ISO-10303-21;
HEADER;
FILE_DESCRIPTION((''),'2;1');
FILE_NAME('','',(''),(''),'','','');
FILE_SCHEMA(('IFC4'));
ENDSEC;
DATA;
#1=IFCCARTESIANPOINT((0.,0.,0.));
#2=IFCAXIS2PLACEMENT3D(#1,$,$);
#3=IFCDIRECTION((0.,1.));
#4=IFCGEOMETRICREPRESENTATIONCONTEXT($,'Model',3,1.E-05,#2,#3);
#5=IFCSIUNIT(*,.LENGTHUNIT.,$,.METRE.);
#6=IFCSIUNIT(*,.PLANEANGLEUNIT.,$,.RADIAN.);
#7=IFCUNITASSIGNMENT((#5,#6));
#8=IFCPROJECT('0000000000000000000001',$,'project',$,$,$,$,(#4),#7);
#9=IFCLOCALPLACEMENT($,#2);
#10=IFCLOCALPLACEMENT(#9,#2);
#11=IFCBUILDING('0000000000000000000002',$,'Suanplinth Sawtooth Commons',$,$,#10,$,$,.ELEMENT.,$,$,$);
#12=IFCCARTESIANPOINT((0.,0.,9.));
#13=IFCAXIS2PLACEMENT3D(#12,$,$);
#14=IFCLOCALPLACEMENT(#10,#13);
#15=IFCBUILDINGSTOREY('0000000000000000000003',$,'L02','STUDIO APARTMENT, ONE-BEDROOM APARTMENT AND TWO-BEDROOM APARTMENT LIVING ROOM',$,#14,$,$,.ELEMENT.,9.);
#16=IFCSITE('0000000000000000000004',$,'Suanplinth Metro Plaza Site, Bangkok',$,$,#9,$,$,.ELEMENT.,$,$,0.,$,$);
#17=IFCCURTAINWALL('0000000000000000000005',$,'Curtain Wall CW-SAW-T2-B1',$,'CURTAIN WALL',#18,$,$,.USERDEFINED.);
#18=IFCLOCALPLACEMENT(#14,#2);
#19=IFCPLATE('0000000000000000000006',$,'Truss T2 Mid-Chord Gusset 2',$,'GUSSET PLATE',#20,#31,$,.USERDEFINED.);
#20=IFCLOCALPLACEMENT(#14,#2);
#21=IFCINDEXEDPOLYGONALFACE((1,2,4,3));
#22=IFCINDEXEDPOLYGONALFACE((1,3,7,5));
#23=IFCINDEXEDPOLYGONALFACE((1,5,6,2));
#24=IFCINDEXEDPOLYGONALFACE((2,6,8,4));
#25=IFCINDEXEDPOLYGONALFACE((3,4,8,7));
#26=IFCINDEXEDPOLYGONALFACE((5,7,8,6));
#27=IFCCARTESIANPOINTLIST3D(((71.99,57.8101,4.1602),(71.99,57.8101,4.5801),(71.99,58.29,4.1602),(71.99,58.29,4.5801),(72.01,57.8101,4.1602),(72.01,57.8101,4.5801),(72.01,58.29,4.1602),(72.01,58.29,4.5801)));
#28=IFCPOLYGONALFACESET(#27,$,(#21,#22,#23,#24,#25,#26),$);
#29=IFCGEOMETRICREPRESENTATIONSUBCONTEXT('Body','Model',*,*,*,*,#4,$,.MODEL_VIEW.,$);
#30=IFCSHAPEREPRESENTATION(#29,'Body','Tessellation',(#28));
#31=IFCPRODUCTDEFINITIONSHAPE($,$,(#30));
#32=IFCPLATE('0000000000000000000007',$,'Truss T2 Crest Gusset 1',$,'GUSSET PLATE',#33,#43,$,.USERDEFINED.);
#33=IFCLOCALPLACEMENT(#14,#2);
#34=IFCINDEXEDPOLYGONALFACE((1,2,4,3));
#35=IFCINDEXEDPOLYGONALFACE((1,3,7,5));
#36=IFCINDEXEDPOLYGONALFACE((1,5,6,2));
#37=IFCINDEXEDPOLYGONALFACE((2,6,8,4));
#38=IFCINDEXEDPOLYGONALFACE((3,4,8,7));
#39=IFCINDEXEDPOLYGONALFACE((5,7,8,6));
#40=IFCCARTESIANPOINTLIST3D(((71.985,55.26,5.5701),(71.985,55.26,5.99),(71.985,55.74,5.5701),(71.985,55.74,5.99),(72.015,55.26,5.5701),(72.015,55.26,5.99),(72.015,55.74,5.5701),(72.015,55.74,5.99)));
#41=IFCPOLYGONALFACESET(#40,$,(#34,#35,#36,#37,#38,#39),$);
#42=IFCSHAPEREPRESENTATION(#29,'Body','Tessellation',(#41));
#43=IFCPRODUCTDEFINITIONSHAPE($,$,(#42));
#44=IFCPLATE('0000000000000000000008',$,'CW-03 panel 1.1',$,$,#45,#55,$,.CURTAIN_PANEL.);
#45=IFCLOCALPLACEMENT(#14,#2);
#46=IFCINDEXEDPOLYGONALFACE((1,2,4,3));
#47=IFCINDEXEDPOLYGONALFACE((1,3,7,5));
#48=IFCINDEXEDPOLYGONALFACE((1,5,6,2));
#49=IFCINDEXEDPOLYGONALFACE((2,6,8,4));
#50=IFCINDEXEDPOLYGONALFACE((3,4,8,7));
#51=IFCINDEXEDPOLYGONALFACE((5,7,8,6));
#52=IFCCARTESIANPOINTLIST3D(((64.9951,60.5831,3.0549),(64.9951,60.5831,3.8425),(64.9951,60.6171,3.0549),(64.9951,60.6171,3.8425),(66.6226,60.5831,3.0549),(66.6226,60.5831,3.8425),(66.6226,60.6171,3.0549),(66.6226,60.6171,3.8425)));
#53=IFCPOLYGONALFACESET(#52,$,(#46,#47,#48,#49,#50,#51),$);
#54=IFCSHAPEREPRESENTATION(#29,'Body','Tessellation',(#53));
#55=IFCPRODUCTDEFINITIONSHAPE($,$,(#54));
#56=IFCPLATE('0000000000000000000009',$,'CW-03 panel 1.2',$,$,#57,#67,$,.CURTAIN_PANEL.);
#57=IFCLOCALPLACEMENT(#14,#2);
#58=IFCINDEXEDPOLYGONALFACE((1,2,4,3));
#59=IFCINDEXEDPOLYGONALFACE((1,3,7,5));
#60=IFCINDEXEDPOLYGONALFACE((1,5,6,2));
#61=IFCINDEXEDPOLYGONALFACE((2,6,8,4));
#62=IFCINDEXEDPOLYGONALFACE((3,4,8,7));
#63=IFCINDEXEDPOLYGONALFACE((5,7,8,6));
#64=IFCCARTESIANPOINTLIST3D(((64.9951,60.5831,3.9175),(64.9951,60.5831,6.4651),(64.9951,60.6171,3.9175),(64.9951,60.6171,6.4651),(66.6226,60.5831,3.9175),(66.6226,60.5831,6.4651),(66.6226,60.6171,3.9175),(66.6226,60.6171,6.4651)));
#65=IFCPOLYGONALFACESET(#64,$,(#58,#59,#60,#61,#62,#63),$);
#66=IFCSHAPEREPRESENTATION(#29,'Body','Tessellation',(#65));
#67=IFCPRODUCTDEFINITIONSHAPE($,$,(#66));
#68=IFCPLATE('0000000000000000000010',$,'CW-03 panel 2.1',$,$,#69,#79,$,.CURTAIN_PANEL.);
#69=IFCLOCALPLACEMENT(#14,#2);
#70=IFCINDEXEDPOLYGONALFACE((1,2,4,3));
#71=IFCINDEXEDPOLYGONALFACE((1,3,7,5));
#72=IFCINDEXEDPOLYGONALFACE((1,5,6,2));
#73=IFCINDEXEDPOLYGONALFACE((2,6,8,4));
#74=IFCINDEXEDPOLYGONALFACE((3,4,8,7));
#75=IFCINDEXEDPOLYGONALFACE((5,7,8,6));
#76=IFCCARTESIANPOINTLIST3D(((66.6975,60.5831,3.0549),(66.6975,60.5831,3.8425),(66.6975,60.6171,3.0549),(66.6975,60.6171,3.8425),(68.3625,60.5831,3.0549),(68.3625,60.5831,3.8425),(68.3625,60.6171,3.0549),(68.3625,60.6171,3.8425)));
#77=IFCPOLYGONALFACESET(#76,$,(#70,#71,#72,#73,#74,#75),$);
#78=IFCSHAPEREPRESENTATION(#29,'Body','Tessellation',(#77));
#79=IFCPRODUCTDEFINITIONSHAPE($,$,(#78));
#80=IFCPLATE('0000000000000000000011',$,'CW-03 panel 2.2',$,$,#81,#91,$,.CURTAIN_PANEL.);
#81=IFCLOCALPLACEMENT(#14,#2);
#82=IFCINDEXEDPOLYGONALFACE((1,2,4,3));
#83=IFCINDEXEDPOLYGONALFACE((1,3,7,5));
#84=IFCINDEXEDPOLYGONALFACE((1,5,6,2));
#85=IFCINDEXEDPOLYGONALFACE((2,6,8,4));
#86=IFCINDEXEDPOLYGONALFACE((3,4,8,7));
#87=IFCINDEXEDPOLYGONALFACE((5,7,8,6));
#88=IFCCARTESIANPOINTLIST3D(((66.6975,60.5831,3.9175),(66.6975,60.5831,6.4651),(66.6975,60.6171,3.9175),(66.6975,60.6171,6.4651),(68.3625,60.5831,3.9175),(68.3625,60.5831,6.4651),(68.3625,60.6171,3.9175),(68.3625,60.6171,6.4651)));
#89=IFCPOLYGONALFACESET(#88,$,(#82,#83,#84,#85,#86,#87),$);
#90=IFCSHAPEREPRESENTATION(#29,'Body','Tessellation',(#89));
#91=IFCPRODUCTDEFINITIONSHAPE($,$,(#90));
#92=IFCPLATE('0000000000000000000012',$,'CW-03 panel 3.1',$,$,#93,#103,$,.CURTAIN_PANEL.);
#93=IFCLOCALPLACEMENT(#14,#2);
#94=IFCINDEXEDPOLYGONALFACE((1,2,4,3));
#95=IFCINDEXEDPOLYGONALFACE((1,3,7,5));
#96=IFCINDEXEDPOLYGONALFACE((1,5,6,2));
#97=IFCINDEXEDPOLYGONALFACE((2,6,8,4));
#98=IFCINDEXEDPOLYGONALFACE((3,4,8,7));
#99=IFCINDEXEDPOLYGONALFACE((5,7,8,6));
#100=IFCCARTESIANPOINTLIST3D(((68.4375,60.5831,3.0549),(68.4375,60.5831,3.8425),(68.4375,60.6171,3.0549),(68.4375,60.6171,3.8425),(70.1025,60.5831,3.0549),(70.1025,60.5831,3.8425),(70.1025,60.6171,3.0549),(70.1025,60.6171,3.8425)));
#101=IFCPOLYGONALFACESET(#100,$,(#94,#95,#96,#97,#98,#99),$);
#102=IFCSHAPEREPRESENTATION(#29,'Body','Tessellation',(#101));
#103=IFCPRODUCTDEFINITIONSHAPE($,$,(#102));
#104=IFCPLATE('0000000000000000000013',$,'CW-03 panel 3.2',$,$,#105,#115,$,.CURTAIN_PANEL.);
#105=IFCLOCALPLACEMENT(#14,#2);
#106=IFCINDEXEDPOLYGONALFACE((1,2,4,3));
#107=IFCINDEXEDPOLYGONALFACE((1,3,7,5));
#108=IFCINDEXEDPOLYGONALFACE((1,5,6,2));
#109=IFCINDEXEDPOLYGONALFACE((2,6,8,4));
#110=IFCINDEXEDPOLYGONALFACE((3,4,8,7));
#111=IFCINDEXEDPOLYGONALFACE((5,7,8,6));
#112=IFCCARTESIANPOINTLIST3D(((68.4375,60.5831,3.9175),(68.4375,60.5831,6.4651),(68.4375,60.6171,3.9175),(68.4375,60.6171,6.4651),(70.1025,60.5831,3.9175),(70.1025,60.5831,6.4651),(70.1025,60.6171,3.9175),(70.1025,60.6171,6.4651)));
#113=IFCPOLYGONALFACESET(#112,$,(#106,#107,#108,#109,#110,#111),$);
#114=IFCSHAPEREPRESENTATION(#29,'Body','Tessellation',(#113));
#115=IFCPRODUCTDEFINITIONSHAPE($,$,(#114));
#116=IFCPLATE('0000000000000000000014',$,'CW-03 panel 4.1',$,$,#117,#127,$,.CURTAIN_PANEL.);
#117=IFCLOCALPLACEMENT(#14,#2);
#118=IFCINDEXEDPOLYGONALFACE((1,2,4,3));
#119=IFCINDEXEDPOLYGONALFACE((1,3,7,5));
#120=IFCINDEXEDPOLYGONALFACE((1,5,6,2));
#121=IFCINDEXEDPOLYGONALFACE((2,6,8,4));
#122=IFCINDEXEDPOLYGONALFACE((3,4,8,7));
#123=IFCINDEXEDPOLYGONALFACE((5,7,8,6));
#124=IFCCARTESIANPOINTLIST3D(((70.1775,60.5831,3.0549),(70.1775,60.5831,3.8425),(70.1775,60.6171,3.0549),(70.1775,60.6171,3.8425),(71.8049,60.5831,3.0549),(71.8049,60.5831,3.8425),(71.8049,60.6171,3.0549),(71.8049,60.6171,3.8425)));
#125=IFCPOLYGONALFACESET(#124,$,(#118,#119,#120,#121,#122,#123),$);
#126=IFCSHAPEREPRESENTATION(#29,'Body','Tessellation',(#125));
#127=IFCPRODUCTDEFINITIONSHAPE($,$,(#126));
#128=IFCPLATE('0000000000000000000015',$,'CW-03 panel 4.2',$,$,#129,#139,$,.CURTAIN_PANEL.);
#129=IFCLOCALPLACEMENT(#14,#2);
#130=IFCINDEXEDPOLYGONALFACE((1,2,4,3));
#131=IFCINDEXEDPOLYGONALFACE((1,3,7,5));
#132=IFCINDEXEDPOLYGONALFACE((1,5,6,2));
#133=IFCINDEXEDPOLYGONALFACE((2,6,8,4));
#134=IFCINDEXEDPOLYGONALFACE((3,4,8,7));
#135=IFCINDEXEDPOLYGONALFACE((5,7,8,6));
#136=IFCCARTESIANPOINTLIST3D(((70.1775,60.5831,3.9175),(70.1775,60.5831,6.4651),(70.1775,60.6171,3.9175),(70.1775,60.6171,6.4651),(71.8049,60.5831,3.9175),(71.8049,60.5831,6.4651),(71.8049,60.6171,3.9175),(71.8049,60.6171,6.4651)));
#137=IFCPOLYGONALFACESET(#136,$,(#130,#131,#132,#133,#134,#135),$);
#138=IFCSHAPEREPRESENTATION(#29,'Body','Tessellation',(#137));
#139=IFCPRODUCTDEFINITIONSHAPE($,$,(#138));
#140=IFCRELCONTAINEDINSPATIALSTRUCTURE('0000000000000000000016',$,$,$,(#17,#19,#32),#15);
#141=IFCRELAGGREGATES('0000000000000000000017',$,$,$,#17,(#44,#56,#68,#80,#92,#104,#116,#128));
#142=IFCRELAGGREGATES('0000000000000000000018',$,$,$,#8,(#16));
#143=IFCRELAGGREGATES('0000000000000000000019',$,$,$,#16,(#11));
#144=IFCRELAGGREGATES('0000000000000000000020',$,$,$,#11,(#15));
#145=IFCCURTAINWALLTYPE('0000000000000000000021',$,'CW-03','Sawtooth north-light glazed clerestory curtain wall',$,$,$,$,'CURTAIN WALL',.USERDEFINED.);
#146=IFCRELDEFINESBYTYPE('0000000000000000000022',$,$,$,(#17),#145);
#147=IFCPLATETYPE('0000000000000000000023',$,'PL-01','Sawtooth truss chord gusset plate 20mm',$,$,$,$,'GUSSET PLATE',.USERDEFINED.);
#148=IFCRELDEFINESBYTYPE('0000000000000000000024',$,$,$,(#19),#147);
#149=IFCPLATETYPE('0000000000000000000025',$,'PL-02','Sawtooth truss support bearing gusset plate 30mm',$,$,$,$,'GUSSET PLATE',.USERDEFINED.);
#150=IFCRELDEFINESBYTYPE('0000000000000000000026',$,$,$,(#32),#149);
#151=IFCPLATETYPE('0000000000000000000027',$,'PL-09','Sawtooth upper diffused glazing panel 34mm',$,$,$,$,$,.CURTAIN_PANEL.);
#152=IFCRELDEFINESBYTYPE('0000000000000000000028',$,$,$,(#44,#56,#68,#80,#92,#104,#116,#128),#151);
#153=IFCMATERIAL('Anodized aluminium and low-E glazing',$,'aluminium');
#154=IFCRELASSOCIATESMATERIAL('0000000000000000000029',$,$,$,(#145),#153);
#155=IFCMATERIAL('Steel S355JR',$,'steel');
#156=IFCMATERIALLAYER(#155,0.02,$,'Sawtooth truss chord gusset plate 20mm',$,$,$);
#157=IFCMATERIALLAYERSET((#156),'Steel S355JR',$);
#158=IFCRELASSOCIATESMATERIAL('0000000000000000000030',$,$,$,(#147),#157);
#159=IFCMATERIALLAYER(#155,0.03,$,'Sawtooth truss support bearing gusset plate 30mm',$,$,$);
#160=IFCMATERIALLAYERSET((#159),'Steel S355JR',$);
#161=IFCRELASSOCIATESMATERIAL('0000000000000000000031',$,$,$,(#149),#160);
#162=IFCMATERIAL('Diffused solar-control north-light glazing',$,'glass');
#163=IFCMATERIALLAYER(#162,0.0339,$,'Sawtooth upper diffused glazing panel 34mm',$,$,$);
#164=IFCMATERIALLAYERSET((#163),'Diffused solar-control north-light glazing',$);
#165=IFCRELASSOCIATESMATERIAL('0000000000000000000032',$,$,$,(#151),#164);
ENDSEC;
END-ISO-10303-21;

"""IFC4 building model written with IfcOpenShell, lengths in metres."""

from ifc_helpers import new_model, si_unit, direction, frame, origin, origin_2d, place, context, subcontext, project, spatial, rectangle, extrude, material, layer, layer_set, type_object, element, aggregate, save


model = new_model("IFC4")

# Units and contexts
model_context = context("Model", 3, precision=1e-05, world=origin(), true_north=direction((0.0, 1.0)))
body_context = subcontext(model_context, "Body", "Model", "MODEL_VIEW")
ifc_project = project(units=[si_unit("LENGTHUNIT", "METRE"), si_unit("PLANEANGLEUNIT", "RADIAN")], contexts=[model_context])

# Site, building, storey
site_placement = place(None, origin())
site = spatial("IfcSite", under=ifc_project, at=site_placement, Name="Suanplinth Metro Plaza Site, Bangkok", CompositionType="ELEMENT", RefElevation=0.0)
building_placement = place(site_placement, origin())
building = spatial("IfcBuilding", under=site, at=building_placement, Name="Suanplinth Sawtooth Commons", CompositionType="ELEMENT")
storey_placement = place(building_placement, frame((0.0, 0.0, 9.0)))
storey = spatial("IfcBuildingStorey", under=building, at=storey_placement, Name="L02", Description="STUDIO APARTMENT, ONE-BEDROOM APARTMENT AND TWO-BEDROOM APARTMENT LIVING ROOM", CompositionType="ELEMENT", Elevation=9.0)

# Shared definitions
ifc_material_1 = material(Name="Steel S355JR", Category="steel")

# Shared definitions
ifc_material_2 = material(Name="Anodized aluminium and low-E glazing", Category="aluminium")
curtain_wall_type = type_object("IfcCurtainWallType", Name="CW-03", Description="Sawtooth north-light glazed clerestory curtain wall", ElementType="CURTAIN WALL", PredefinedType="USERDEFINED", material=ifc_material_2)

# Curtain wall
curtain_wall_1_placement = place(storey_placement, origin())
curtain_wall_1 = element("IfcCurtainWall", 1, at=curtain_wall_1_placement, inside=storey, type_object=curtain_wall_type, Name="Curtain Wall CW-SAW-T2-B1", ObjectType="CURTAIN WALL", PredefinedType="USERDEFINED")

# Plates
ifc_layer_1 = layer(ifc_material_1, 0.02, Name="Sawtooth truss chord gusset plate 20mm")
ifc_layer_set_1 = layer_set([ifc_layer_1], Name="Steel S355JR")
plate_type_1 = type_object("IfcPlateType", Name="PL-01", Description="Sawtooth truss chord gusset plate 20mm", ElementType="GUSSET PLATE", PredefinedType="USERDEFINED", material=ifc_layer_set_1)
for number, where, z_axis, x_axis, name in (
    (2, (72.0, 58.05, 4.1602), (0.0, 0.0, 1.0), (1.0, 0.0, 0.0), "Truss T2 Mid-Chord Gusset 2"),
):
    element("IfcPlate", number, at=place(storey_placement, frame(where, z_axis=z_axis, x_axis=x_axis)), inside=storey, type_object=plate_type_1, Name=name, ObjectType="GUSSET PLATE", PredefinedType="USERDEFINED", context=body_context, shape_type="SweptSolid", body=[
        extrude(rectangle(XDim=0.02, YDim=0.48, at=origin_2d()), origin(), (0.0, 0.0, 1.0), 0.4199),
    ])
ifc_layer_2 = layer(ifc_material_1, 0.03, Name="Sawtooth truss support bearing gusset plate 30mm")
ifc_layer_set_2 = layer_set([ifc_layer_2], Name="Steel S355JR")
plate_type_2 = type_object("IfcPlateType", Name="PL-02", Description="Sawtooth truss support bearing gusset plate 30mm", ElementType="GUSSET PLATE", PredefinedType="USERDEFINED", material=ifc_layer_set_2)
plate_1_placement = place(storey_placement, frame((72.0, 55.5, 5.5701), z_axis=(0.0, 0.0, 1.0), x_axis=(1.0, 0.0, 0.0)))
element("IfcPlate", 3, at=plate_1_placement, inside=storey, type_object=plate_type_2, Name="Truss T2 Crest Gusset 1", ObjectType="GUSSET PLATE", PredefinedType="USERDEFINED", context=body_context, shape_type="SweptSolid", body=[
    extrude(rectangle(XDim=0.03, YDim=0.48, at=origin_2d()), origin(), (0.0, 0.0, 1.0), 0.4199),
])

# Plates
ifc_material_3 = material(Name="Diffused solar-control north-light glazing", Category="glass")
ifc_layer_3 = layer(ifc_material_3, 0.0339, Name="Sawtooth upper diffused glazing panel 34mm")
ifc_layer_set_3 = layer_set([ifc_layer_3], Name="Diffused solar-control north-light glazing")
plate_type_3 = type_object("IfcPlateType", Name="PL-09", Description="Sawtooth upper diffused glazing panel 34mm", PredefinedType="CURTAIN_PANEL", material=ifc_layer_set_3)
plate_2_placement = place(storey_placement, frame((65.8088, 60.6001, 3.0549), z_axis=(0.0, 0.0, 1.0), x_axis=(1.0, 0.0, 0.0)))
plate_2 = element("IfcPlate", 4, at=plate_2_placement, type_object=plate_type_3, Name="CW-03 panel 1.1", PredefinedType="CURTAIN_PANEL", context=body_context, shape_type="SweptSolid", body=[
    extrude(rectangle(XDim=1.6274, YDim=0.0339, at=origin_2d()), origin(), (0.0, 0.0, 1.0), 0.7876),
])
plate_3_placement = place(storey_placement, frame((65.8088, 60.6001, 3.9175), z_axis=(0.0, 0.0, 1.0), x_axis=(1.0, 0.0, 0.0)))
plate_3 = element("IfcPlate", 5, at=plate_3_placement, type_object=plate_type_3, Name="CW-03 panel 1.2", PredefinedType="CURTAIN_PANEL", context=body_context, shape_type="SweptSolid", body=[
    extrude(rectangle(XDim=1.6274, YDim=0.0339, at=origin_2d()), origin(), (0.0, 0.0, 1.0), 2.5476),
])
plate_4_placement = place(storey_placement, frame((67.53, 60.6001, 3.0549), z_axis=(0.0, 0.0, 1.0), x_axis=(1.0, 0.0, 0.0)))
plate_4 = element("IfcPlate", 6, at=plate_4_placement, type_object=plate_type_3, Name="CW-03 panel 2.1", PredefinedType="CURTAIN_PANEL", context=body_context, shape_type="SweptSolid", body=[
    extrude(rectangle(XDim=1.665, YDim=0.0339, at=origin_2d()), origin(), (0.0, 0.0, 1.0), 0.7876),
])
plate_5_placement = place(storey_placement, frame((67.53, 60.6001, 3.9175), z_axis=(0.0, 0.0, 1.0), x_axis=(1.0, 0.0, 0.0)))
plate_5 = element("IfcPlate", 7, at=plate_5_placement, type_object=plate_type_3, Name="CW-03 panel 2.2", PredefinedType="CURTAIN_PANEL", context=body_context, shape_type="SweptSolid", body=[
    extrude(rectangle(XDim=1.665, YDim=0.0339, at=origin_2d()), origin(), (0.0, 0.0, 1.0), 2.5476),
])
plate_6_placement = place(storey_placement, frame((69.27, 60.6001, 3.0549), z_axis=(0.0, 0.0, 1.0), x_axis=(1.0, 0.0, 0.0)))
plate_6 = element("IfcPlate", 8, at=plate_6_placement, type_object=plate_type_3, Name="CW-03 panel 3.1", PredefinedType="CURTAIN_PANEL", context=body_context, shape_type="SweptSolid", body=[
    extrude(rectangle(XDim=1.665, YDim=0.0339, at=origin_2d()), origin(), (0.0, 0.0, 1.0), 0.7876),
])
plate_7_placement = place(storey_placement, frame((69.27, 60.6001, 3.9175), z_axis=(0.0, 0.0, 1.0), x_axis=(1.0, 0.0, 0.0)))
plate_7 = element("IfcPlate", 9, at=plate_7_placement, type_object=plate_type_3, Name="CW-03 panel 3.2", PredefinedType="CURTAIN_PANEL", context=body_context, shape_type="SweptSolid", body=[
    extrude(rectangle(XDim=1.665, YDim=0.0339, at=origin_2d()), origin(), (0.0, 0.0, 1.0), 2.5476),
])
plate_8_placement = place(storey_placement, frame((70.9912, 60.6001, 3.0549), z_axis=(0.0, 0.0, 1.0), x_axis=(1.0, 0.0, 0.0)))
plate_8 = element("IfcPlate", 10, at=plate_8_placement, type_object=plate_type_3, Name="CW-03 panel 4.1", PredefinedType="CURTAIN_PANEL", context=body_context, shape_type="SweptSolid", body=[
    extrude(rectangle(XDim=1.6274, YDim=0.0339, at=origin_2d()), origin(), (0.0, 0.0, 1.0), 0.7876),
])
plate_9_placement = place(storey_placement, frame((70.9912, 60.6001, 3.9175), z_axis=(0.0, 0.0, 1.0), x_axis=(1.0, 0.0, 0.0)))
plate_9 = element("IfcPlate", 11, at=plate_9_placement, type_object=plate_type_3, Name="CW-03 panel 4.2", PredefinedType="CURTAIN_PANEL", context=body_context, shape_type="SweptSolid", body=[
    extrude(rectangle(XDim=1.6274, YDim=0.0339, at=origin_2d()), origin(), (0.0, 0.0, 1.0), 2.5476),
])
aggregate(curtain_wall_1, [plate_2, plate_3, plate_4, plate_5, plate_6, plate_7, plate_8, plate_9])

save(model, "model.ifc")
